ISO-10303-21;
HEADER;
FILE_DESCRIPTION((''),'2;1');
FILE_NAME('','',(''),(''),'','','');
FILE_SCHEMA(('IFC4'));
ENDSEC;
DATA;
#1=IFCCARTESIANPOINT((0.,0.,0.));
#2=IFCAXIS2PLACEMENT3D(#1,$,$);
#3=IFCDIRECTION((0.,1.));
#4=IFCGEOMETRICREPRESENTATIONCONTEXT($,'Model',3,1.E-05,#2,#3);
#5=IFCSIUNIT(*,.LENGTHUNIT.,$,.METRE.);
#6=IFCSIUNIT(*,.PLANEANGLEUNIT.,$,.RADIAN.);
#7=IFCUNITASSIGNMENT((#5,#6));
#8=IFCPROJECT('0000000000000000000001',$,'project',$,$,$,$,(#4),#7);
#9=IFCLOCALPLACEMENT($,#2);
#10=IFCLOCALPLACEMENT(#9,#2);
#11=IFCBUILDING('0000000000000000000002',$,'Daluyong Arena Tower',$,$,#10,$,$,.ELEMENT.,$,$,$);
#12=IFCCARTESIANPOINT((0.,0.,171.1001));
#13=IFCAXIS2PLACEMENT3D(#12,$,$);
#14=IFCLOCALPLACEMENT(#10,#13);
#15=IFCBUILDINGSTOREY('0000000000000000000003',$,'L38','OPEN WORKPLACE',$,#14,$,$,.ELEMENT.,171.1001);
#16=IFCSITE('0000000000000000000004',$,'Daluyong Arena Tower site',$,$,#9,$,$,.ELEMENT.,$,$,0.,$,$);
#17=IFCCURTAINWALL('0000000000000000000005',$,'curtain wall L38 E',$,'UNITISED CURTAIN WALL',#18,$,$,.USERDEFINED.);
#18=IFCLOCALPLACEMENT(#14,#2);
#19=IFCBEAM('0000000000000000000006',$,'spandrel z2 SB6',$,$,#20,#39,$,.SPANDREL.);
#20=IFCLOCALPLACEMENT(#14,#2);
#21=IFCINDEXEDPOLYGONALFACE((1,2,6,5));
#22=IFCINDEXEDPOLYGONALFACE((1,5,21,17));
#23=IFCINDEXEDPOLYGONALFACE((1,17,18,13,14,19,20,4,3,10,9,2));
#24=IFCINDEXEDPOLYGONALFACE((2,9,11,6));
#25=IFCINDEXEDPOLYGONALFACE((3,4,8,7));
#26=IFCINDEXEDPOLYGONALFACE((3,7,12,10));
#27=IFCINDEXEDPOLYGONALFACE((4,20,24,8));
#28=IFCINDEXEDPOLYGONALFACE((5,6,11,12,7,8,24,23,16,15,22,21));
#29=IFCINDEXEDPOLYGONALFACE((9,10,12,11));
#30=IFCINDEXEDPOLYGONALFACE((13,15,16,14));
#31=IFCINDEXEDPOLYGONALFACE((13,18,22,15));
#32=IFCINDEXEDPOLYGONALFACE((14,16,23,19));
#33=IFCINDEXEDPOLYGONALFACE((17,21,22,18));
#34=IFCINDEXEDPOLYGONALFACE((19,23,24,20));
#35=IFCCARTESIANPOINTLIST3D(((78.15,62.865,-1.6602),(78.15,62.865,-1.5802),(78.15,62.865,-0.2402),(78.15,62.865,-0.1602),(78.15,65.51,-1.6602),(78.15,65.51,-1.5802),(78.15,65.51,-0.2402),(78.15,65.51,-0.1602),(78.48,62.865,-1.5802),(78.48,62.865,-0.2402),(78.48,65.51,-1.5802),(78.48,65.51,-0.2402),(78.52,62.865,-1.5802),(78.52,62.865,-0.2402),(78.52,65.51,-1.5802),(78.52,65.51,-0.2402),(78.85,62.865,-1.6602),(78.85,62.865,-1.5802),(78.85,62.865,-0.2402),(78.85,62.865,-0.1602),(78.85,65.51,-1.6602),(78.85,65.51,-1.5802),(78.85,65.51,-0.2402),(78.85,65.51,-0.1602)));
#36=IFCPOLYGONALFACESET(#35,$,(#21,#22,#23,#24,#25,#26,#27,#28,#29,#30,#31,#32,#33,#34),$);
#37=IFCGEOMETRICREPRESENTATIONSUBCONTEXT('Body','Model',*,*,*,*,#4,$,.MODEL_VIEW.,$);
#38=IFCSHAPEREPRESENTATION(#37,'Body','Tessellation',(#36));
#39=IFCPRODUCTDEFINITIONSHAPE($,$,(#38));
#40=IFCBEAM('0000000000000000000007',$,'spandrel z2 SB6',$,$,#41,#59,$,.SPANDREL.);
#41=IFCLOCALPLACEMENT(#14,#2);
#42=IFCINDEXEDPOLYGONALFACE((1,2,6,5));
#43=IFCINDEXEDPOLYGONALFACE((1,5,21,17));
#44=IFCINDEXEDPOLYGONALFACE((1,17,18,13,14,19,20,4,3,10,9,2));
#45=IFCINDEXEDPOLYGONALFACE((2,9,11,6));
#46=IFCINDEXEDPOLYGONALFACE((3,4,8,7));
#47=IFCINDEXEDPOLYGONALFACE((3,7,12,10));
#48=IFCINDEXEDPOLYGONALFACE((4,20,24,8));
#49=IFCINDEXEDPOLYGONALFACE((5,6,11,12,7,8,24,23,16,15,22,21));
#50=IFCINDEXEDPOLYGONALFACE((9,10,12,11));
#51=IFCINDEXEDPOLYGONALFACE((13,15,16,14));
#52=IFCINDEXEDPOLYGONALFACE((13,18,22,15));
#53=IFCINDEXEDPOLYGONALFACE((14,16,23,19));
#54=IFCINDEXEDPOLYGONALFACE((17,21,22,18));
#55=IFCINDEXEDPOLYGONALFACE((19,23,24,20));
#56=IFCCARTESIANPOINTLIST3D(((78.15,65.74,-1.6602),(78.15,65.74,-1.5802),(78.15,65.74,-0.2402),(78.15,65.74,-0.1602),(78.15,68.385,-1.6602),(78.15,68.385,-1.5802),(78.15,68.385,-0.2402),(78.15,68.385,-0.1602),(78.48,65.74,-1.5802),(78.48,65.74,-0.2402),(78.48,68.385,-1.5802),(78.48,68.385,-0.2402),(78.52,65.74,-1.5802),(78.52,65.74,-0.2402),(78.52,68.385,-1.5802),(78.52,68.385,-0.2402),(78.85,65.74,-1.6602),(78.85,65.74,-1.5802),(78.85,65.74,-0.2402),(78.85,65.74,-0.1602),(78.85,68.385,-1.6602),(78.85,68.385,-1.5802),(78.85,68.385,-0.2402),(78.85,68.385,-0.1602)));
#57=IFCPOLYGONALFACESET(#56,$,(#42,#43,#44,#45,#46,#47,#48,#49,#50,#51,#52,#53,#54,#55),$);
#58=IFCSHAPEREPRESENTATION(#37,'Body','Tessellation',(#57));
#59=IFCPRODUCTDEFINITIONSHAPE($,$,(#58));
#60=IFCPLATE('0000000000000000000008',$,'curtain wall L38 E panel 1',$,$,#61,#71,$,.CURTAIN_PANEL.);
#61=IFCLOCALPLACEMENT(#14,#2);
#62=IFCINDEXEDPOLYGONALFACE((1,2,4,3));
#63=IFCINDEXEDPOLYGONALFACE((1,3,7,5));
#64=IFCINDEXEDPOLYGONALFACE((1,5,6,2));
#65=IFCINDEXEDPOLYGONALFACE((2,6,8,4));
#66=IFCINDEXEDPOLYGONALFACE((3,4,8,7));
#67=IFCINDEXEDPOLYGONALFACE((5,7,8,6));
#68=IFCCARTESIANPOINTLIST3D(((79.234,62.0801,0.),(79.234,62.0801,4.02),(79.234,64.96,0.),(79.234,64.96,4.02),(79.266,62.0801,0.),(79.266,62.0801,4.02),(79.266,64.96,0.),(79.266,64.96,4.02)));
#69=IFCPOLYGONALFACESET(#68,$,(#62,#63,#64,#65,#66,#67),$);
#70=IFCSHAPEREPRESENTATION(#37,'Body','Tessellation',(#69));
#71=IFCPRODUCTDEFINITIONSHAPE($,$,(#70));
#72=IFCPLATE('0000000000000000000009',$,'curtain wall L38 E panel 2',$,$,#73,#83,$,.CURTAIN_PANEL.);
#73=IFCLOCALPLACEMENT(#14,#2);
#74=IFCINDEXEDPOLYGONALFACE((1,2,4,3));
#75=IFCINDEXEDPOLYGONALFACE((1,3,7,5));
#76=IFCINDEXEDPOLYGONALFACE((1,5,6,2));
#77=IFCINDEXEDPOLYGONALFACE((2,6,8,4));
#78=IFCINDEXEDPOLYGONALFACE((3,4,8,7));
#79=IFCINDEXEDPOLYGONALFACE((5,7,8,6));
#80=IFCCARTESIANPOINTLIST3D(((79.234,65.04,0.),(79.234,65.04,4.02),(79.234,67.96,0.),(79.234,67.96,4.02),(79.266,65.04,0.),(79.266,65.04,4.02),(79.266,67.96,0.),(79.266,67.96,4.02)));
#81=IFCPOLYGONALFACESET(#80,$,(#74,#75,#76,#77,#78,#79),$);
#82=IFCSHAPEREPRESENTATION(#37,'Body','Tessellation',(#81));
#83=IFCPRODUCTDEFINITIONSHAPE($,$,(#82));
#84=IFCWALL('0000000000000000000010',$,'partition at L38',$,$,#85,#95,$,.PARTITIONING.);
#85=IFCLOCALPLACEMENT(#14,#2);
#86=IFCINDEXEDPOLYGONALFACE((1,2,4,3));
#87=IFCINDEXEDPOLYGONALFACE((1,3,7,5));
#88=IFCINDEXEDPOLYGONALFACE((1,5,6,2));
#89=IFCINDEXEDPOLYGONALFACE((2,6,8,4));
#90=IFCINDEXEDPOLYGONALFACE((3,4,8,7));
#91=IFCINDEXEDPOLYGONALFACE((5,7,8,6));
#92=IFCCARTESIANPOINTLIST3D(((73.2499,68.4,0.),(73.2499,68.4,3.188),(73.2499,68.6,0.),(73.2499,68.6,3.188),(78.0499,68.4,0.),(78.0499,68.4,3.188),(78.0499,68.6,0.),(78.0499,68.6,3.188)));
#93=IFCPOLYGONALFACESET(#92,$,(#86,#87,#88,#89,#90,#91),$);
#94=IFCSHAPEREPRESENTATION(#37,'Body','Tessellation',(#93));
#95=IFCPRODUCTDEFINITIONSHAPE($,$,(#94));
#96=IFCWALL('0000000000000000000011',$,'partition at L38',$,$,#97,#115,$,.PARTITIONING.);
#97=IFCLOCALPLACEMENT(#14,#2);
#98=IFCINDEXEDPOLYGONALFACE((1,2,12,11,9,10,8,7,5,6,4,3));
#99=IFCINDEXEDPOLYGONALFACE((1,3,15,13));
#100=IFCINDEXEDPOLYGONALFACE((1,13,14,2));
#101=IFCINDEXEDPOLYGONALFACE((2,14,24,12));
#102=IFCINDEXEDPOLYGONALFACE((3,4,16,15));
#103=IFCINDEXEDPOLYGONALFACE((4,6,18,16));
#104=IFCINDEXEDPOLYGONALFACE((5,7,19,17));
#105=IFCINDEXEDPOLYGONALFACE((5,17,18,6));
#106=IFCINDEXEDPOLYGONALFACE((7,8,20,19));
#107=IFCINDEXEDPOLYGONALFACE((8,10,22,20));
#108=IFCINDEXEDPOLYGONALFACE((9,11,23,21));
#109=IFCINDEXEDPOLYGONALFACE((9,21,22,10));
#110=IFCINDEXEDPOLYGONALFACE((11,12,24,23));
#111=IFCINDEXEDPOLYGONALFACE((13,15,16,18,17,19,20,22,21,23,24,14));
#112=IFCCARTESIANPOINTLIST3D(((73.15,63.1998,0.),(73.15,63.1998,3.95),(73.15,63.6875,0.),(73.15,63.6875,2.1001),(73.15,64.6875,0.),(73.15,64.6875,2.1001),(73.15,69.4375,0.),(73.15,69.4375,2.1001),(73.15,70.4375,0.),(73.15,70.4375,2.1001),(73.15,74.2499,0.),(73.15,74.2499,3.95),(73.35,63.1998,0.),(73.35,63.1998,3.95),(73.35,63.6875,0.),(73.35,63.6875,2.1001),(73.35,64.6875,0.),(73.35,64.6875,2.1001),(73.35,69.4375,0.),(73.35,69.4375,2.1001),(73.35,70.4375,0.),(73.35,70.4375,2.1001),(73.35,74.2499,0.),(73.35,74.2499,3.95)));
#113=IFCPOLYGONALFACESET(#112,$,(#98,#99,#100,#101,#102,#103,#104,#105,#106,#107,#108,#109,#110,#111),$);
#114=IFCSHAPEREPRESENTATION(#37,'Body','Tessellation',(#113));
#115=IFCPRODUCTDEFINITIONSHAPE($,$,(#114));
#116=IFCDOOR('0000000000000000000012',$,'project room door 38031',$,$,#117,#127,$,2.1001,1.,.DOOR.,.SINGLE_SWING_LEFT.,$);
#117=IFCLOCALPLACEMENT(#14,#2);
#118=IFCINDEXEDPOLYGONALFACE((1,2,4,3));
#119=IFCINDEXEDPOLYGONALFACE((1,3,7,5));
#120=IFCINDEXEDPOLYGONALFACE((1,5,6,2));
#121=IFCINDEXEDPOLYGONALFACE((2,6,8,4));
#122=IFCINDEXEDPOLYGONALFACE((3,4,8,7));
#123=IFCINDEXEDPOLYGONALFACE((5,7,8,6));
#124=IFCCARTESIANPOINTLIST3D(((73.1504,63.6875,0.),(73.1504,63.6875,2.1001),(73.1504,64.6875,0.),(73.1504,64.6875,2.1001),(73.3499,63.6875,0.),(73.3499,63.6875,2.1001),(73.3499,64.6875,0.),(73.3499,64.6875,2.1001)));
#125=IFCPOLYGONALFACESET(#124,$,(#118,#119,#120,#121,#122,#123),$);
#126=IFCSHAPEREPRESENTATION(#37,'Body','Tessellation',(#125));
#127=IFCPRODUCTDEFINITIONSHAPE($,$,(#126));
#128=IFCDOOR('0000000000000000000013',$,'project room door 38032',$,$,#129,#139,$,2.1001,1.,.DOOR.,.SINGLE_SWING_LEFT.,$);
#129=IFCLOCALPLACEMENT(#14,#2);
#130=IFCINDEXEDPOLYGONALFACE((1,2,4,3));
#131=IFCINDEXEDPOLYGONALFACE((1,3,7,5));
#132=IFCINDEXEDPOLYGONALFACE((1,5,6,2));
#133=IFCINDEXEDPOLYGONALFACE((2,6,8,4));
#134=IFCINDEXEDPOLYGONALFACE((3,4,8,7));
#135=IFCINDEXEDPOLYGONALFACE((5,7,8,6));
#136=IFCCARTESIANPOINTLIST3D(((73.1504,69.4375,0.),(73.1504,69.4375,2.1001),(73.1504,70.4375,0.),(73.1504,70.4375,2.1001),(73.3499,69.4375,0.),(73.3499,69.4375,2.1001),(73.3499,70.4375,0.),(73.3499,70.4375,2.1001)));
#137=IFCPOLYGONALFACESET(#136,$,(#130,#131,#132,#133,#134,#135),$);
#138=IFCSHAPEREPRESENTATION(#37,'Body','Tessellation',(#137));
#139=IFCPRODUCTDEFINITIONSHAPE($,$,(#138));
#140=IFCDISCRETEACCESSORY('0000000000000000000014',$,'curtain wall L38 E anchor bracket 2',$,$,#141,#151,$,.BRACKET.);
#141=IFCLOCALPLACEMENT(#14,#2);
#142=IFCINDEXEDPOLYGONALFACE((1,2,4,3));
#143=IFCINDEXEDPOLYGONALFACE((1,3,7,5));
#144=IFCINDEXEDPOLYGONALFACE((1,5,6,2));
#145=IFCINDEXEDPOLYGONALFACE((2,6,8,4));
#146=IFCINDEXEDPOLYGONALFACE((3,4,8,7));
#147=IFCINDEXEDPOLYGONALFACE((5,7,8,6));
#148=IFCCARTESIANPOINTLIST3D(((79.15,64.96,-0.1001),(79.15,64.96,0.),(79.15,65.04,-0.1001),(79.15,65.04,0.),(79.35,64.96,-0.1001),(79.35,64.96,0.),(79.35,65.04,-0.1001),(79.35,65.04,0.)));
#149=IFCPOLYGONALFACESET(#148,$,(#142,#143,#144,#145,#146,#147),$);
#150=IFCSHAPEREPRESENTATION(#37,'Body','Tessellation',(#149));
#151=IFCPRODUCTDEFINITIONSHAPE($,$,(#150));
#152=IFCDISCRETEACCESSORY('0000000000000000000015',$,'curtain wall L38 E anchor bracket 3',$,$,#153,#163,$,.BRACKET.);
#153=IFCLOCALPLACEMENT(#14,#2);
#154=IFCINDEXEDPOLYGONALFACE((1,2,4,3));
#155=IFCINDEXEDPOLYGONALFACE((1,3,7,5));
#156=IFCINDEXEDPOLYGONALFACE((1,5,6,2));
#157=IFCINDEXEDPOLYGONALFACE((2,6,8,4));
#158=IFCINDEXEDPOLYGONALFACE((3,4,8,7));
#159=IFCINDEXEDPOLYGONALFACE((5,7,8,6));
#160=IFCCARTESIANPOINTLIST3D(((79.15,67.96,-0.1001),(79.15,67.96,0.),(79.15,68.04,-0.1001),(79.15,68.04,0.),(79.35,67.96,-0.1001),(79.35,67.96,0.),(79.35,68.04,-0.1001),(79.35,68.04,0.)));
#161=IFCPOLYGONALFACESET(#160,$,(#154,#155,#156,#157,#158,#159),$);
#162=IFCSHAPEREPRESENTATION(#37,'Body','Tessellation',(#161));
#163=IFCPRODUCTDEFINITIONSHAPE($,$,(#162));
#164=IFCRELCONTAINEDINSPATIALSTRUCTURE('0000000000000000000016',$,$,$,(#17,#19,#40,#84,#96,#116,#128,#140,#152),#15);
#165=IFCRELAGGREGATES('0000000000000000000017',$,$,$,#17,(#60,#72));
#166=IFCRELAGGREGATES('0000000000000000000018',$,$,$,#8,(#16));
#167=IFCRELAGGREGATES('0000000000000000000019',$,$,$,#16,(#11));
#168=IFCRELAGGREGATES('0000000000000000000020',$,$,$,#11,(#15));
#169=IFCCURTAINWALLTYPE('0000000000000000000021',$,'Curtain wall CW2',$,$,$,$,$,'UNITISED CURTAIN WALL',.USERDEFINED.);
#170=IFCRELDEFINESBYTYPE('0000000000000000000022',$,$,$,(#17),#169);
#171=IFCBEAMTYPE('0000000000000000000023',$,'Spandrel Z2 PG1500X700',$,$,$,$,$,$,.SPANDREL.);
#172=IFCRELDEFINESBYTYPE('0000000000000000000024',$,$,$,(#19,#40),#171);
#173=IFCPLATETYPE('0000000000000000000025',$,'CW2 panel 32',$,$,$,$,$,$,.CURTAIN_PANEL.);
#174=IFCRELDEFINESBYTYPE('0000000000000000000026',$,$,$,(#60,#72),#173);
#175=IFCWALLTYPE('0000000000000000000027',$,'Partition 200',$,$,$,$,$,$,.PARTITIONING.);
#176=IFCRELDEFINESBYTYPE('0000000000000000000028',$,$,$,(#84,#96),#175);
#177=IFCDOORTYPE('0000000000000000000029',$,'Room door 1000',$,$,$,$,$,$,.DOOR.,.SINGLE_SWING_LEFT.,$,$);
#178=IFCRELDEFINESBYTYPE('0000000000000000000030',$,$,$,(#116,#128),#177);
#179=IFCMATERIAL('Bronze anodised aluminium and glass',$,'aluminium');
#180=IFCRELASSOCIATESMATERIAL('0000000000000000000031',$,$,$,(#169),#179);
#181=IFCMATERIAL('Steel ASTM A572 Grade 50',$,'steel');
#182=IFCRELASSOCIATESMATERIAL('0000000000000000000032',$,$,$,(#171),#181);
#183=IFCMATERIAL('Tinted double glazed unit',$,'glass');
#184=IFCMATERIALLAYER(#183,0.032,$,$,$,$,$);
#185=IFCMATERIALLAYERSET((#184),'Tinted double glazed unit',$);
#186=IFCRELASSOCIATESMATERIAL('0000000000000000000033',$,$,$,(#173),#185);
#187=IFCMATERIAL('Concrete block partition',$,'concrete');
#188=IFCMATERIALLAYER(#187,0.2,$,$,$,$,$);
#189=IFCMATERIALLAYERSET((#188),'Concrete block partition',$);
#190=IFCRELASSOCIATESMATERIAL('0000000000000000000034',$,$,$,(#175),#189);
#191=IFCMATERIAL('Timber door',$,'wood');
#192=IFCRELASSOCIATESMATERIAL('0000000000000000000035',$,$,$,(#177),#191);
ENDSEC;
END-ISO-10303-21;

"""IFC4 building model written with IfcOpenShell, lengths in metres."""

from ifc_helpers import new_model, si_unit, direction, frame, frame_2d, origin, origin_2d, place, context, subcontext, project, spatial, rectangle, i_section, extrude, material, layer, layer_set, material_profile, profile_set, type_object, element, fill, aggregate, save


model = new_model("IFC4")

# Units and contexts
model_context = context("Model", 3, precision=1e-05, world=origin(), true_north=direction((0.0, 1.0)))
body_context = subcontext(model_context, "Body", "Model", "MODEL_VIEW")
ifc_project = project(units=[si_unit("LENGTHUNIT", "METRE"), si_unit("PLANEANGLEUNIT", "RADIAN")], contexts=[model_context])

# Site, building, storey
site_placement = place(None, origin())
site = spatial("IfcSite", under=ifc_project, at=site_placement, Name="Daluyong Arena Tower site", CompositionType="ELEMENT", RefElevation=0.0)
building_placement = place(site_placement, origin())
building = spatial("IfcBuilding", under=site, at=building_placement, Name="Daluyong Arena Tower", CompositionType="ELEMENT")
storey_placement = place(building_placement, frame((0.0, 0.0, 171.1001)))
storey = spatial("IfcBuildingStorey", under=building, at=storey_placement, Name="L38", Description="OPEN WORKPLACE", CompositionType="ELEMENT", Elevation=171.1001)

# Curtain wall
ifc_material_1 = material(Name="Bronze anodised aluminium and glass", Category="aluminium")
curtain_wall_type = type_object("IfcCurtainWallType", Name="Curtain wall CW2", ElementType="UNITISED CURTAIN WALL", PredefinedType="USERDEFINED", material=ifc_material_1)
curtain_wall_placement = place(storey_placement, origin())
curtain_wall = element("IfcCurtainWall", 1, at=curtain_wall_placement, inside=storey, type_object=curtain_wall_type, Name="curtain wall L38 E", ObjectType="UNITISED CURTAIN WALL", PredefinedType="USERDEFINED")

# Beams
ifc_material_2 = material(Name="Steel ASTM A572 Grade 50", Category="steel")
ifc_material_profile_1 = material_profile(ifc_material_2, i_section(OverallWidth=0.7, OverallDepth=1.5, WebThickness=0.04, FlangeThickness=0.08, at=origin_2d()))
ifc_profile_set_1 = profile_set([ifc_material_profile_1], Name="Steel ASTM A572 Grade 50")
beam_type_1 = type_object("IfcBeamType", Name="Spandrel Z2 PG1500X700", PredefinedType="SPANDREL", material=ifc_profile_set_1)
for number, where, z_axis, x_axis, name in (
    (2, (78.5, 62.865, -0.9102), (0.0, 1.0, 0.0), (-1.0, 0.0, 0.0), "spandrel z2 SB6"),
    (3, (78.5, 65.74, -0.9102), (0.0, 1.0, 0.0), (-1.0, 0.0, 0.0), "spandrel z2 SB6"),
):
    element("IfcBeam", number, at=place(storey_placement, frame(where, z_axis=z_axis, x_axis=x_axis)), inside=storey, type_object=beam_type_1, Name=name, PredefinedType="SPANDREL", context=body_context, shape_type="SweptSolid", body=[
        extrude(i_section(OverallWidth=0.7, OverallDepth=1.5, WebThickness=0.04, FlangeThickness=0.08, at=origin_2d()), origin(), (0.0, 0.0, 1.0), 2.645),
    ])

# Plates
ifc_material_3 = material(Name="Tinted double glazed unit", Category="glass")
ifc_layer_1 = layer(ifc_material_3, 0.032)
ifc_layer_set_1 = layer_set([ifc_layer_1], Name="Tinted double glazed unit")
plate_type = type_object("IfcPlateType", Name="CW2 panel 32", PredefinedType="CURTAIN_PANEL", material=ifc_layer_set_1)
plate_1_placement = place(storey_placement, frame((79.25, 63.52, 0.0), z_axis=(0.0, 0.0, 1.0), x_axis=(0.0, 1.0, 0.0)))
plate_1 = element("IfcPlate", 4, at=plate_1_placement, type_object=plate_type, Name="curtain wall L38 E panel 1", PredefinedType="CURTAIN_PANEL", context=body_context, shape_type="SweptSolid", body=[
    extrude(rectangle(XDim=2.8799, YDim=0.032, at=origin_2d()), origin(), (0.0, 0.0, 1.0), 4.02),
])
plate_2_placement = place(storey_placement, frame((79.25, 66.5, 0.0), z_axis=(0.0, 0.0, 1.0), x_axis=(0.0, 1.0, 0.0)))
plate_2 = element("IfcPlate", 5, at=plate_2_placement, type_object=plate_type, Name="curtain wall L38 E panel 2", PredefinedType="CURTAIN_PANEL", context=body_context, shape_type="SweptSolid", body=[
    extrude(rectangle(XDim=2.9199, YDim=0.032, at=origin_2d()), origin(), (0.0, 0.0, 1.0), 4.02),
])
aggregate(curtain_wall, [plate_1, plate_2])

# Wall
ifc_material_4 = material(Name="Concrete block partition", Category="concrete")
ifc_layer_2 = layer(ifc_material_4, 0.2)
ifc_layer_set_2 = layer_set([ifc_layer_2], Name="Concrete block partition")
wall_type = type_object("IfcWallType", Name="Partition 200", PredefinedType="PARTITIONING", material=ifc_layer_set_2)
wall_1_placement = place(storey_placement, frame((73.25, 68.5, 0.0), z_axis=(0.0, 0.0, 1.0), x_axis=(1.0, 0.0, 0.0)))
element("IfcWall", 6, at=wall_1_placement, inside=storey, type_object=wall_type, Name="partition at L38", PredefinedType="PARTITIONING", context=body_context, shape_type="SweptSolid", body=[
    extrude(rectangle(XDim=4.8, YDim=0.2, at=frame_2d((2.3999, 0.0))), origin(), (0.0, 0.0, 1.0), 3.188),
])

# Wall, openings, doors
wall_2_placement = place(storey_placement, frame((73.25, 63.2, 0.0), z_axis=(0.0, 0.0, 1.0), x_axis=(0.0, 1.0, 0.0)))
wall_2 = element("IfcWall", 7, at=wall_2_placement, inside=storey, type_object=wall_type, Name="partition at L38", PredefinedType="PARTITIONING", context=body_context, shape_type="SweptSolid", body=[
    extrude(rectangle(XDim=11.05, YDim=0.2, at=frame_2d((5.5249, 0.0))), origin(), (0.0, 0.0, 1.0), 3.95),
])
opening_1_placement = place(wall_2_placement, frame((0.4875, 0.0, 0.0)))
opening_1 = element("IfcOpeningElement", 8, at=opening_1_placement, cuts=wall_2, PredefinedType="OPENING", context=body_context, shape_type="SweptSolid", body=[
    extrude(rectangle(XDim=1.0, YDim=2.1001, at=frame_2d((0.5, 1.05))), frame((0.0, 0.1099, 0.0), z_axis=(0.0, -1.0, 0.0), x_axis=(1.0, 0.0, 0.0)), (0.0, 0.0, 1.0), 0.22),
])
opening_2_placement = place(wall_2_placement, frame((6.2375, 0.0, 0.0)))
opening_2 = element("IfcOpeningElement", 9, at=opening_2_placement, cuts=wall_2, PredefinedType="OPENING", context=body_context, shape_type="SweptSolid", body=[
    extrude(rectangle(XDim=1.0, YDim=2.1001, at=frame_2d((0.5, 1.05))), frame((0.0, 0.1099, 0.0), z_axis=(0.0, -1.0, 0.0), x_axis=(1.0, 0.0, 0.0)), (0.0, 0.0, 1.0), 0.22),
])
ifc_material_5 = material(Name="Timber door", Category="wood")
door_type = type_object("IfcDoorType", Name="Room door 1000", OperationType="SINGLE_SWING_LEFT", PredefinedType="DOOR", material=ifc_material_5)
door_1_placement = place(opening_1_placement, origin())
door_1 = element("IfcDoor", 10, at=door_1_placement, inside=storey, type_object=door_type, Name="project room door 38031", OperationType="SINGLE_SWING_LEFT", OverallHeight=2.1001, OverallWidth=1.0, PredefinedType="DOOR", context=body_context, shape_type="SweptSolid", body=[
    extrude(rectangle(XDim=1.0, YDim=2.1001, at=frame_2d((0.5, 1.05))), frame((0.0, 0.0996, 0.0), z_axis=(0.0, -1.0, 0.0), x_axis=(1.0, 0.0, 0.0)), (0.0, 0.0, 1.0), 0.1995),
])
fill(opening_1, door_1)
door_2_placement = place(opening_2_placement, origin())
door_2 = element("IfcDoor", 11, at=door_2_placement, inside=storey, type_object=door_type, Name="project room door 38032", OperationType="SINGLE_SWING_LEFT", OverallHeight=2.1001, OverallWidth=1.0, PredefinedType="DOOR", context=body_context, shape_type="SweptSolid", body=[
    extrude(rectangle(XDim=1.0, YDim=2.1001, at=frame_2d((0.5, 1.05))), frame((0.0, 0.0996, 0.0), z_axis=(0.0, -1.0, 0.0), x_axis=(1.0, 0.0, 0.0)), (0.0, 0.0, 1.0), 0.1995),
])
fill(opening_2, door_2)

# Discrete accessories
for number, where, z_axis, x_axis, name in (
    (12, (79.25, 65.0, -0.1001), (0.0, 0.0, 1.0), (0.0, 1.0, 0.0), "curtain wall L38 E anchor bracket 2"),
    (13, (79.25, 68.0, -0.1001), (0.0, 0.0, 1.0), (0.0, 1.0, 0.0), "curtain wall L38 E anchor bracket 3"),
):
    element("IfcDiscreteAccessory", number, at=place(storey_placement, frame(where, z_axis=z_axis, x_axis=x_axis)), inside=storey, Name=name, PredefinedType="BRACKET", context=body_context, shape_type="SweptSolid", body=[
        extrude(rectangle(XDim=0.0801, YDim=0.2, at=origin_2d()), origin(), (0.0, 0.0, 1.0), 0.1001),
    ])

save(model, "model.ifc")
